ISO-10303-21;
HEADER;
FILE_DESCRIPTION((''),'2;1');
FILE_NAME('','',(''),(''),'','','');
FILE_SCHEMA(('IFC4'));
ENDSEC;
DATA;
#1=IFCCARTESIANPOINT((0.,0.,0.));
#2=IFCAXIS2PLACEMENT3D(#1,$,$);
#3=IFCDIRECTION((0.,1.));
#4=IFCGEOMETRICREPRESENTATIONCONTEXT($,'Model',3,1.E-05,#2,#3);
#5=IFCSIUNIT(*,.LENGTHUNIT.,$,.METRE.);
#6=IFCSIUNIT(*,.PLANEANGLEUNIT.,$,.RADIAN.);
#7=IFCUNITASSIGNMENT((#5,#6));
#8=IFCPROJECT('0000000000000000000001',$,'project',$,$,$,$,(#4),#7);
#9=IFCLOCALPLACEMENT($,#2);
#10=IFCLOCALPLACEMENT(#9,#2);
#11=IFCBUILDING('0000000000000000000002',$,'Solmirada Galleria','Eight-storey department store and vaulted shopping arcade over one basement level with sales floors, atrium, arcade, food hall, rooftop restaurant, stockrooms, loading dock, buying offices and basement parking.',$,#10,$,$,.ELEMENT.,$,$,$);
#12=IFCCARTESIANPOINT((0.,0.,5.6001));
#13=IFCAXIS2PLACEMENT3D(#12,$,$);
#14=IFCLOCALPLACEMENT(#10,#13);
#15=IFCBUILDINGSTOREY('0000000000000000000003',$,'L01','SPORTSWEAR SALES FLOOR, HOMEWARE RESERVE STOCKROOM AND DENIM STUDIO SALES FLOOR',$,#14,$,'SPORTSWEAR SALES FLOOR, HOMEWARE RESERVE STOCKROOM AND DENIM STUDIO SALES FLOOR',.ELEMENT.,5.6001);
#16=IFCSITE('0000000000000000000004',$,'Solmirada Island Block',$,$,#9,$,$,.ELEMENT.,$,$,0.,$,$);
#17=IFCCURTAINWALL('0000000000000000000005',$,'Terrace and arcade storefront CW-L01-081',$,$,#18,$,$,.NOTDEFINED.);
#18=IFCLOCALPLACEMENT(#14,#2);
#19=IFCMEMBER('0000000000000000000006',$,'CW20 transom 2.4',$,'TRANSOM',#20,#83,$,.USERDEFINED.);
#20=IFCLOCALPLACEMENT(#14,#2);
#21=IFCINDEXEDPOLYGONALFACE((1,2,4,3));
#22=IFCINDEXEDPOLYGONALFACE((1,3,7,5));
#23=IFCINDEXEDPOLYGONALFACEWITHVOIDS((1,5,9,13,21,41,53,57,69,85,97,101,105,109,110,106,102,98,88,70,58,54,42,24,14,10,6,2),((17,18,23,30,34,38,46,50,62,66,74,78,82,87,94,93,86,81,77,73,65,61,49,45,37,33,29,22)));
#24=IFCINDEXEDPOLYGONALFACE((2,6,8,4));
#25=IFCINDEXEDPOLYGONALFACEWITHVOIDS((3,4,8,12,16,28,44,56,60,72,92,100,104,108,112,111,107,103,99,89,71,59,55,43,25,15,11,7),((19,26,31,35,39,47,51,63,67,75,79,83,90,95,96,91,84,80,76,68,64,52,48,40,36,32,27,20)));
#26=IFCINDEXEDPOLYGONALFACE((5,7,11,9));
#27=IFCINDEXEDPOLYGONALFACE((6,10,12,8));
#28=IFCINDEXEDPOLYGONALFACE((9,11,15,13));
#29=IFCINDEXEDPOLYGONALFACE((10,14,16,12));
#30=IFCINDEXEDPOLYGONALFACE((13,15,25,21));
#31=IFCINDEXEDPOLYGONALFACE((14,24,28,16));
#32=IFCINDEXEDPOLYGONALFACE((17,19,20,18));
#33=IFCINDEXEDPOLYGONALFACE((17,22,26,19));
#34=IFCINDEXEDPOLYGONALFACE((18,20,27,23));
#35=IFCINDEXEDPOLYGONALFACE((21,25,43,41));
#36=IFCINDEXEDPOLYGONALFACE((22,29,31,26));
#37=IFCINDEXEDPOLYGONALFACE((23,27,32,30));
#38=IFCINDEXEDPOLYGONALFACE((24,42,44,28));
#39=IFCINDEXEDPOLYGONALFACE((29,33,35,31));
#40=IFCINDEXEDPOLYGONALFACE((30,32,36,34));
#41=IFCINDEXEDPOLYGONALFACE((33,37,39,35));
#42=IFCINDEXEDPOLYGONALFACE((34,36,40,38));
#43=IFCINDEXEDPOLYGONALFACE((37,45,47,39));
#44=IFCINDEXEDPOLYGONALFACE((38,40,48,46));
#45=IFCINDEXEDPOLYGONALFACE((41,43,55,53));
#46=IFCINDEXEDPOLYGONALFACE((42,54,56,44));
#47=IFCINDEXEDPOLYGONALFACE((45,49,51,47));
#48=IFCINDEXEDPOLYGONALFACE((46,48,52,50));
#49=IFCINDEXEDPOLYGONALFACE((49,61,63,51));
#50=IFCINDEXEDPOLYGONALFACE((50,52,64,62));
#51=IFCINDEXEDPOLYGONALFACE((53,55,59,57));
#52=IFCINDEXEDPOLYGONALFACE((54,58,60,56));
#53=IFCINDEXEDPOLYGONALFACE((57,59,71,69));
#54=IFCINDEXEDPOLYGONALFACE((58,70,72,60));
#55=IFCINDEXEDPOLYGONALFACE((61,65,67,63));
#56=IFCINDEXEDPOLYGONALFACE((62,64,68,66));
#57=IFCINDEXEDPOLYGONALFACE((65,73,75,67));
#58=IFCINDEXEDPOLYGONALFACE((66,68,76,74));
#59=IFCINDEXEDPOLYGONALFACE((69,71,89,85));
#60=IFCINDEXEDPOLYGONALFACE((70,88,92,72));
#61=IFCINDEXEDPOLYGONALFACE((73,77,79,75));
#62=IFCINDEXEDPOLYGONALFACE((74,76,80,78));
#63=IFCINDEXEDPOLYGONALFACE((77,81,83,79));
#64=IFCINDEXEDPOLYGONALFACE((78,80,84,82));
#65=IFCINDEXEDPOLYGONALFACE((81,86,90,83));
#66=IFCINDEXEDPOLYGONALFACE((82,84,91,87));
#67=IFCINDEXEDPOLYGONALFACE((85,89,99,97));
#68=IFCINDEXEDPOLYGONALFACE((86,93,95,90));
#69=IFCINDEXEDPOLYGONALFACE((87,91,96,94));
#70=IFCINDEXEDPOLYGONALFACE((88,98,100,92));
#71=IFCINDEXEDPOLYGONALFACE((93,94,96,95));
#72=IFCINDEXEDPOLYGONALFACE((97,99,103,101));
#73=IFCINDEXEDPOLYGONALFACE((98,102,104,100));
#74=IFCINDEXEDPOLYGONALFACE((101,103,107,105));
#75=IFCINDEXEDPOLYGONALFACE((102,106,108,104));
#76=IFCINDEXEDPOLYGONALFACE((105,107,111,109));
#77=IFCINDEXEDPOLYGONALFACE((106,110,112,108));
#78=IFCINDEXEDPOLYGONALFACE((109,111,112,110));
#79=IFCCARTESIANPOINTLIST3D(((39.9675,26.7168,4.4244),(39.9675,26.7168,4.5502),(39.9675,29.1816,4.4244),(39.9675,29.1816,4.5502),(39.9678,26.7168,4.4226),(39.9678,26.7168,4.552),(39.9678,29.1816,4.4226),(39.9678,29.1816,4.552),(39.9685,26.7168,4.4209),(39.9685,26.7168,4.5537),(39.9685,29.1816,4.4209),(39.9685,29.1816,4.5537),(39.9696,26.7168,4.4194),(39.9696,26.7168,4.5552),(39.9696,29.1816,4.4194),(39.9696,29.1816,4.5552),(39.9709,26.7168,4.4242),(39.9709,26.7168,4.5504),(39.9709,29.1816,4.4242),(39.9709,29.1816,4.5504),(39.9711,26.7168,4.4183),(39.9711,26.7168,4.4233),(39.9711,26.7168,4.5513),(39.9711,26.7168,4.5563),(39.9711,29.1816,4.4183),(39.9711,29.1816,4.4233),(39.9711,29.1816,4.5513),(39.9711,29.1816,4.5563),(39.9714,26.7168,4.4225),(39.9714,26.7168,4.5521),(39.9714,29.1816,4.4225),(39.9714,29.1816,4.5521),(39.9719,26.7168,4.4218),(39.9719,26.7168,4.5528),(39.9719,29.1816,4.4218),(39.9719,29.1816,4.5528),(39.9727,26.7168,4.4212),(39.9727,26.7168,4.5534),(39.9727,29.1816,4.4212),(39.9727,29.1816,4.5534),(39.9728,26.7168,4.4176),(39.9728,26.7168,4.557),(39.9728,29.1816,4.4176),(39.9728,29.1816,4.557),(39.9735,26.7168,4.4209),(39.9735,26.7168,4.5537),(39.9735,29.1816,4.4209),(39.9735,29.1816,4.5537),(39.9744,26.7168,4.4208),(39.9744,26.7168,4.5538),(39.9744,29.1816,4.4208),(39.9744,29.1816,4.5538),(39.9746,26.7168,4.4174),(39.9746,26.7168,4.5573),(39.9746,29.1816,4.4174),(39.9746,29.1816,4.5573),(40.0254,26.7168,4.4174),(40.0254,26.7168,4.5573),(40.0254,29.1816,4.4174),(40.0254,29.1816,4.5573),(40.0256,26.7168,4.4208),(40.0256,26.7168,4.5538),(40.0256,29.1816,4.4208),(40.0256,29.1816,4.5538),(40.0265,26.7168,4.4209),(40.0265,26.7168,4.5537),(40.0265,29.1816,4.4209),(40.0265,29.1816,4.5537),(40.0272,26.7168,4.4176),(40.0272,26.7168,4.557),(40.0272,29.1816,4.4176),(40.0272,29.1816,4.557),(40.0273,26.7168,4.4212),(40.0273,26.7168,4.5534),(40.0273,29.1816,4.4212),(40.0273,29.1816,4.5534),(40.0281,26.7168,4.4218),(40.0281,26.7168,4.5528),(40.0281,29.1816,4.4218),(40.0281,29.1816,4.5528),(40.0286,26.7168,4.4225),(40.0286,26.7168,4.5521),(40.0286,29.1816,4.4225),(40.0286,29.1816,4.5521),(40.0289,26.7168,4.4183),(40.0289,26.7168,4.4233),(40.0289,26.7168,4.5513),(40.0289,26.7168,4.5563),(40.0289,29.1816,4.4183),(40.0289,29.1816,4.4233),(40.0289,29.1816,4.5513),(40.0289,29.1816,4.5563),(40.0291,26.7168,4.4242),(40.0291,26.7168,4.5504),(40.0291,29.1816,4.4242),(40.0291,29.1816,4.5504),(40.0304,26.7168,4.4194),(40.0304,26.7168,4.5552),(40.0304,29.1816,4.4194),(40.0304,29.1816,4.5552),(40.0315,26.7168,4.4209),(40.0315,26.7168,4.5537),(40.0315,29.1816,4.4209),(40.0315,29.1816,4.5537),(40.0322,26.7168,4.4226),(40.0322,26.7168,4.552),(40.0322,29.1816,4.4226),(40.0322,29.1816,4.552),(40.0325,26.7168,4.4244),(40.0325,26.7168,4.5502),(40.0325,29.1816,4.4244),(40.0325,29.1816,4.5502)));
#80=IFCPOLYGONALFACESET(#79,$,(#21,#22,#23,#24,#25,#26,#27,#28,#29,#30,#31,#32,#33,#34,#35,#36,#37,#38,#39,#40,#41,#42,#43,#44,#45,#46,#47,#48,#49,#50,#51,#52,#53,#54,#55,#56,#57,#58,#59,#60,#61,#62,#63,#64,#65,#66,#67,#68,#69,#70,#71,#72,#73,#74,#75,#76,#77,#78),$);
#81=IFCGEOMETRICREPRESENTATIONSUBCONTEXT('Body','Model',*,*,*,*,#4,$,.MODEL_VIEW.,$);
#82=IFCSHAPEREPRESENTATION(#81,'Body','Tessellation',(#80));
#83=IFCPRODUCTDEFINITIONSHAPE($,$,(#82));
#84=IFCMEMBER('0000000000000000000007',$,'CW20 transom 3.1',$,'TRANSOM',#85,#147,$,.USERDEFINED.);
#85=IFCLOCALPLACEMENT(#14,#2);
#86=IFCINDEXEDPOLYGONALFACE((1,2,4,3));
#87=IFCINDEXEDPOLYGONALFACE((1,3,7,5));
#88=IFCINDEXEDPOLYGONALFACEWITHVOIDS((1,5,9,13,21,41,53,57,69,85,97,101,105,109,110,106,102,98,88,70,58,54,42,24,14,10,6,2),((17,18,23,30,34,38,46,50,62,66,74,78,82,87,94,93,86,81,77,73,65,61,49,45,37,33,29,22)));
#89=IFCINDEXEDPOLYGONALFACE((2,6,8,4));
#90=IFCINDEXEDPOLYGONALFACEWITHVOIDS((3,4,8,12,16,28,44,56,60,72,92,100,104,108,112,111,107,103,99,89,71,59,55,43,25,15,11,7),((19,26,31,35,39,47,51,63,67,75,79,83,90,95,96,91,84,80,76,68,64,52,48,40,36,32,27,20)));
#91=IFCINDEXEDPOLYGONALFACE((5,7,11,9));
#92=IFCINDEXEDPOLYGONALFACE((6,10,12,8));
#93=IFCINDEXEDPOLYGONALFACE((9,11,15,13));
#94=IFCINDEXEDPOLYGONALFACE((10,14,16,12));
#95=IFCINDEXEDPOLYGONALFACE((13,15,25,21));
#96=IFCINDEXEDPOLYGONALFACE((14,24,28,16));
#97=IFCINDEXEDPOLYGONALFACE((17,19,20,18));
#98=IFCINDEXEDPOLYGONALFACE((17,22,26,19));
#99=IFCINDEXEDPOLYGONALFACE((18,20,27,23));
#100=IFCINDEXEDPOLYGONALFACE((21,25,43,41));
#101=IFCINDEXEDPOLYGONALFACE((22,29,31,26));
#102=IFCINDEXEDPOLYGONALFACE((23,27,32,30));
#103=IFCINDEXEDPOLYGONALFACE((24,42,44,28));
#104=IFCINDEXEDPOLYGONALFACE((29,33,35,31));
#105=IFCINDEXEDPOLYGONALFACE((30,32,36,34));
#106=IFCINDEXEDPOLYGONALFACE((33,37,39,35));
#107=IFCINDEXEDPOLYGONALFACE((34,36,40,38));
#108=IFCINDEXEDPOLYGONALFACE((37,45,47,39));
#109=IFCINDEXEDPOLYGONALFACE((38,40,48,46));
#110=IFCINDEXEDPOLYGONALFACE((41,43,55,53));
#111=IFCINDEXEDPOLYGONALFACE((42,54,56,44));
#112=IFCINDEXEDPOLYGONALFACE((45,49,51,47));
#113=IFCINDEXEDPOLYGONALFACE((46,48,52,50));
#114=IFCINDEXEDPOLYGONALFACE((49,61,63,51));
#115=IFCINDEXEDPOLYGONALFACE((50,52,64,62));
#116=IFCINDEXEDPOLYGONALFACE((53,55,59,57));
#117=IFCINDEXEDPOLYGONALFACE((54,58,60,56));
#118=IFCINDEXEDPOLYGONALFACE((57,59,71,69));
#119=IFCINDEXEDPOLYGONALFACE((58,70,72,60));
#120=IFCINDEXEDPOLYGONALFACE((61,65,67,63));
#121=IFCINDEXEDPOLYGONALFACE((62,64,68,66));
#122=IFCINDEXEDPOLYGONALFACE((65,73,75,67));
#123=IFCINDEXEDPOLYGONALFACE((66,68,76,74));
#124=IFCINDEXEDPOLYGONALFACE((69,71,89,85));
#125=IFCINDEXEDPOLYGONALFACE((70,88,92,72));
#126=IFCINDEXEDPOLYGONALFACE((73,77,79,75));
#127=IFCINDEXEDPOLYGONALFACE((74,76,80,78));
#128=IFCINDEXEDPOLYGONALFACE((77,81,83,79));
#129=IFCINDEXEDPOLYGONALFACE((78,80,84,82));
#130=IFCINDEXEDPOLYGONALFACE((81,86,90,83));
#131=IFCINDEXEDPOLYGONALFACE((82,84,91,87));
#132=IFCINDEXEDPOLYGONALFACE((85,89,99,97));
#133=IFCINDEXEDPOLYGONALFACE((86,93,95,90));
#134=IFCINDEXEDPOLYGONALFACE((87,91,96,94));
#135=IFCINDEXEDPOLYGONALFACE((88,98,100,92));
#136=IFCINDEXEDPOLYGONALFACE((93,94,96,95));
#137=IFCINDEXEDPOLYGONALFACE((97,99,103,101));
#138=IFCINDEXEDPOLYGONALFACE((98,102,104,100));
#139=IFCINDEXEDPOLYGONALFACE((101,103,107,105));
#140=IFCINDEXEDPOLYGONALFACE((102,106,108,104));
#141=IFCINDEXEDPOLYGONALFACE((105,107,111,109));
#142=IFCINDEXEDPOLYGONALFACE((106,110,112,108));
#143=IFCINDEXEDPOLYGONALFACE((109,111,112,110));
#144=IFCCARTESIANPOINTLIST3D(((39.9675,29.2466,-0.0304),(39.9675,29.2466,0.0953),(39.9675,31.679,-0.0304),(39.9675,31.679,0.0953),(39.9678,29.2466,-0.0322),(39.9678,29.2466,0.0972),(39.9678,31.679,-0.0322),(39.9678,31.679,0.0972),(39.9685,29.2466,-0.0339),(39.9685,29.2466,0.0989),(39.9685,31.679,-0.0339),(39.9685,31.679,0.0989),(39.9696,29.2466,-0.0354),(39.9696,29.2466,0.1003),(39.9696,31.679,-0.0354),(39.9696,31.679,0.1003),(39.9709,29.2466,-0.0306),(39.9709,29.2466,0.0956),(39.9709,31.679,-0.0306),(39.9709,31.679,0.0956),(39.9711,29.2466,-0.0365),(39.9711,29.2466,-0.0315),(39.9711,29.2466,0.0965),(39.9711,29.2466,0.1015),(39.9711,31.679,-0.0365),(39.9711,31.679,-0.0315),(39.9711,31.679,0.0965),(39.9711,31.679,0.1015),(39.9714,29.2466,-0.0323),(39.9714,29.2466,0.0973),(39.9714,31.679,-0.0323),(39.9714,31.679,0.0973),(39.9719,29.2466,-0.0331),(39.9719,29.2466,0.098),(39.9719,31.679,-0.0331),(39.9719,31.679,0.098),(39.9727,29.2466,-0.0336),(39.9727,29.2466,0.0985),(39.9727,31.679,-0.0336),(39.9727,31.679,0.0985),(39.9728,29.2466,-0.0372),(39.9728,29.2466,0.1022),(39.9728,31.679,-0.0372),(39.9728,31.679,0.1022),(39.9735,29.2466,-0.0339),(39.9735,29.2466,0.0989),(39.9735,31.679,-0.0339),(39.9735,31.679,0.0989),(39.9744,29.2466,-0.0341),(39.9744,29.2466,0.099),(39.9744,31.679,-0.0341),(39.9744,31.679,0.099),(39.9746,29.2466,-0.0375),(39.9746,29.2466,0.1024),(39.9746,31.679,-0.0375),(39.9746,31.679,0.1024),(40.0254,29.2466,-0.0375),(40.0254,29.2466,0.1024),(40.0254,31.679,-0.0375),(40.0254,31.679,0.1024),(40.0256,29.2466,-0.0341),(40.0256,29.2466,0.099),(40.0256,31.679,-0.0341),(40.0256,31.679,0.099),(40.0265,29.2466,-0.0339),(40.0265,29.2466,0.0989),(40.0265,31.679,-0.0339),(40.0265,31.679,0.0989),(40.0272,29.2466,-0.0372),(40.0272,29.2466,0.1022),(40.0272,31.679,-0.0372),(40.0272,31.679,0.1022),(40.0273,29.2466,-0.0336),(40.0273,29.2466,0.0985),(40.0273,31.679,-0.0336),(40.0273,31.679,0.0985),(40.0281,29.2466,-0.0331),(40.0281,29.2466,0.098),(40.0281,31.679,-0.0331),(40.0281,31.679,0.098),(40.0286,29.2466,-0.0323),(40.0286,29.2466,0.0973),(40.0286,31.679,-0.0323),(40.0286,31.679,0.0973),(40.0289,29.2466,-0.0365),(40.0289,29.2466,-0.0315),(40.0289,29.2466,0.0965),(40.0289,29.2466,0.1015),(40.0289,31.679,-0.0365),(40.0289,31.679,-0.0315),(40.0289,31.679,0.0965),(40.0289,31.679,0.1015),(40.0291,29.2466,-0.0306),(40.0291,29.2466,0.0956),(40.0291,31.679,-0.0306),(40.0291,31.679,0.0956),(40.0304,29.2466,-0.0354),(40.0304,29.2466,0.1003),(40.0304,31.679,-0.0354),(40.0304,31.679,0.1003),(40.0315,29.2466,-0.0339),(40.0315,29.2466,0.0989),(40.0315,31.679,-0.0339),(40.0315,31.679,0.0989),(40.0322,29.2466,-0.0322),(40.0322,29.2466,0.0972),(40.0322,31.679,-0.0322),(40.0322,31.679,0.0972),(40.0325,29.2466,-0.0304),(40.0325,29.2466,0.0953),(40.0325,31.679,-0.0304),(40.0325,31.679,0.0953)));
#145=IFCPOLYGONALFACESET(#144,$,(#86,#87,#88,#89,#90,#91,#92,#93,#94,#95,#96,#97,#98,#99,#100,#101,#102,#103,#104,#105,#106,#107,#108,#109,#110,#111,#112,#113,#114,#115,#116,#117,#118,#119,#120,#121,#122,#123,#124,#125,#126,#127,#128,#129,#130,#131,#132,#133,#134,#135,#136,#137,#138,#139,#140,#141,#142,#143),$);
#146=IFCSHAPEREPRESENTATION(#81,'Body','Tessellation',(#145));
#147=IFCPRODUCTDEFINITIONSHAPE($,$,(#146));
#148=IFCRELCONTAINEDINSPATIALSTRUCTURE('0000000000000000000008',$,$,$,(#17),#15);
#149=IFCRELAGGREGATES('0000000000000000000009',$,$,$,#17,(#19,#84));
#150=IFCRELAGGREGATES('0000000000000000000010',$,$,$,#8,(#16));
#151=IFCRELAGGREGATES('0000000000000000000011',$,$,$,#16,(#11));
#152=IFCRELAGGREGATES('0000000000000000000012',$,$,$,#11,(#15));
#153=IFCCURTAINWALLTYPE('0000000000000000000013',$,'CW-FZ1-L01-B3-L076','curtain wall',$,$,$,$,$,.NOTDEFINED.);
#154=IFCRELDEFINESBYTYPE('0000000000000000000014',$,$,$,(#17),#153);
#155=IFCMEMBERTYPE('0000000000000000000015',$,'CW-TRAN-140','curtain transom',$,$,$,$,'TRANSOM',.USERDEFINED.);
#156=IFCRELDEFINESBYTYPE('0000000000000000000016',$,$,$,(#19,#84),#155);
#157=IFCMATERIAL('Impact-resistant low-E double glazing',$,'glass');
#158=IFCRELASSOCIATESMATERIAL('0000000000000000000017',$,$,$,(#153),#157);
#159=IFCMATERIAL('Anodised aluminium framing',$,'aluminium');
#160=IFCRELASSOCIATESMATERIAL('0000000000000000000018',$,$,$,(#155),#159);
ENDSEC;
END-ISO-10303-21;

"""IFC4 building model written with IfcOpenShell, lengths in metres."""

from ifc_helpers import new_model, si_unit, direction, frame, origin, origin_2d, place, context, subcontext, project, spatial, hollow_rectangle, extrude, material, material_profile, profile_set, type_object, element, aggregate, save


model = new_model("IFC4")

# Units and contexts
model_context = context("Model", 3, precision=1e-05, world=origin(), true_north=direction((0.0, 1.0)))
body_context = subcontext(model_context, "Body", "Model", "MODEL_VIEW")
ifc_project = project(units=[si_unit("LENGTHUNIT", "METRE"), si_unit("PLANEANGLEUNIT", "RADIAN")], contexts=[model_context])

# Site, building, storey
site_placement = place(None, origin())
site = spatial("IfcSite", under=ifc_project, at=site_placement, Name="Solmirada Island Block", CompositionType="ELEMENT", RefElevation=0.0)
building_placement = place(site_placement, origin())
building = spatial("IfcBuilding", under=site, at=building_placement, Name="Solmirada Galleria", Description="Eight-storey department store and vaulted shopping arcade over one basement level with sales floors, atrium, arcade, food hall, rooftop restaurant, stockrooms, loading dock, buying offices and basement parking.", CompositionType="ELEMENT")
storey_placement = place(building_placement, frame((0.0, 0.0, 5.6001)))
storey = spatial("IfcBuildingStorey", under=building, at=storey_placement, Name="L01", Description="SPORTSWEAR SALES FLOOR, HOMEWARE RESERVE STOCKROOM AND DENIM STUDIO SALES FLOOR", LongName="SPORTSWEAR SALES FLOOR, HOMEWARE RESERVE STOCKROOM AND DENIM STUDIO SALES FLOOR", CompositionType="ELEMENT", Elevation=5.6001)

# Shared definitions
ifc_material_1 = material(Name="Impact-resistant low-E double glazing", Category="glass")
ifc_material_2 = material(Name="Anodised aluminium framing", Category="aluminium")

# Curtain wall
curtain_wall_type_1 = type_object("IfcCurtainWallType", Name="CW-FZ1-L01-B3-L076", Description="curtain wall", PredefinedType="NOTDEFINED", material=ifc_material_1)
curtain_wall_1_placement = place(storey_placement, origin())
curtain_wall_1 = element("IfcCurtainWall", 1, at=curtain_wall_1_placement, inside=storey, type_object=curtain_wall_type_1, Name="Terrace and arcade storefront CW-L01-081", PredefinedType="NOTDEFINED")

# Members
ifc_material_profile_1 = material_profile(ifc_material_2, hollow_rectangle(XDim=0.0649, YDim=0.1399, WallThickness=0.0034, InnerFilletRadius=0.0034, OuterFilletRadius=0.0071, at=origin_2d()), Name="ALU-TRAN-140X65")
ifc_profile_set_1 = profile_set([ifc_material_profile_1], Name="Anodised aluminium framing")
member_type_1 = type_object("IfcMemberType", Name="CW-TRAN-140", Description="curtain transom", ElementType="TRANSOM", PredefinedType="USERDEFINED", material=ifc_profile_set_1)
member_1_placement = place(storey_placement, frame((40.0, 26.7168, 4.4873), z_axis=(0.0, 1.0, 0.0), x_axis=(-1.0, 0.0, 0.0)))
member_1 = element("IfcMember", 2, at=member_1_placement, type_object=member_type_1, Name="CW20 transom 2.4", ObjectType="TRANSOM", PredefinedType="USERDEFINED", context=body_context, shape_type="SweptSolid", body=[
    extrude(hollow_rectangle(XDim=0.0649, YDim=0.1399, WallThickness=0.0034, InnerFilletRadius=0.0034, OuterFilletRadius=0.0071, at=origin_2d()), origin(), (0.0, 0.0, 1.0), 2.4648),
])
member_2_placement = place(storey_placement, frame((40.0, 29.2466, 0.0325), z_axis=(0.0, 1.0, 0.0), x_axis=(-1.0, 0.0, 0.0)))
member_2 = element("IfcMember", 3, at=member_2_placement, type_object=member_type_1, Name="CW20 transom 3.1", ObjectType="TRANSOM", PredefinedType="USERDEFINED", context=body_context, shape_type="SweptSolid", body=[
    extrude(hollow_rectangle(XDim=0.0649, YDim=0.1399, WallThickness=0.0034, InnerFilletRadius=0.0034, OuterFilletRadius=0.0071, at=origin_2d()), origin(), (0.0, 0.0, 1.0), 2.4324),
])

aggregate(curtain_wall_1, [member_1, member_2])

save(model, "model.ifc")
